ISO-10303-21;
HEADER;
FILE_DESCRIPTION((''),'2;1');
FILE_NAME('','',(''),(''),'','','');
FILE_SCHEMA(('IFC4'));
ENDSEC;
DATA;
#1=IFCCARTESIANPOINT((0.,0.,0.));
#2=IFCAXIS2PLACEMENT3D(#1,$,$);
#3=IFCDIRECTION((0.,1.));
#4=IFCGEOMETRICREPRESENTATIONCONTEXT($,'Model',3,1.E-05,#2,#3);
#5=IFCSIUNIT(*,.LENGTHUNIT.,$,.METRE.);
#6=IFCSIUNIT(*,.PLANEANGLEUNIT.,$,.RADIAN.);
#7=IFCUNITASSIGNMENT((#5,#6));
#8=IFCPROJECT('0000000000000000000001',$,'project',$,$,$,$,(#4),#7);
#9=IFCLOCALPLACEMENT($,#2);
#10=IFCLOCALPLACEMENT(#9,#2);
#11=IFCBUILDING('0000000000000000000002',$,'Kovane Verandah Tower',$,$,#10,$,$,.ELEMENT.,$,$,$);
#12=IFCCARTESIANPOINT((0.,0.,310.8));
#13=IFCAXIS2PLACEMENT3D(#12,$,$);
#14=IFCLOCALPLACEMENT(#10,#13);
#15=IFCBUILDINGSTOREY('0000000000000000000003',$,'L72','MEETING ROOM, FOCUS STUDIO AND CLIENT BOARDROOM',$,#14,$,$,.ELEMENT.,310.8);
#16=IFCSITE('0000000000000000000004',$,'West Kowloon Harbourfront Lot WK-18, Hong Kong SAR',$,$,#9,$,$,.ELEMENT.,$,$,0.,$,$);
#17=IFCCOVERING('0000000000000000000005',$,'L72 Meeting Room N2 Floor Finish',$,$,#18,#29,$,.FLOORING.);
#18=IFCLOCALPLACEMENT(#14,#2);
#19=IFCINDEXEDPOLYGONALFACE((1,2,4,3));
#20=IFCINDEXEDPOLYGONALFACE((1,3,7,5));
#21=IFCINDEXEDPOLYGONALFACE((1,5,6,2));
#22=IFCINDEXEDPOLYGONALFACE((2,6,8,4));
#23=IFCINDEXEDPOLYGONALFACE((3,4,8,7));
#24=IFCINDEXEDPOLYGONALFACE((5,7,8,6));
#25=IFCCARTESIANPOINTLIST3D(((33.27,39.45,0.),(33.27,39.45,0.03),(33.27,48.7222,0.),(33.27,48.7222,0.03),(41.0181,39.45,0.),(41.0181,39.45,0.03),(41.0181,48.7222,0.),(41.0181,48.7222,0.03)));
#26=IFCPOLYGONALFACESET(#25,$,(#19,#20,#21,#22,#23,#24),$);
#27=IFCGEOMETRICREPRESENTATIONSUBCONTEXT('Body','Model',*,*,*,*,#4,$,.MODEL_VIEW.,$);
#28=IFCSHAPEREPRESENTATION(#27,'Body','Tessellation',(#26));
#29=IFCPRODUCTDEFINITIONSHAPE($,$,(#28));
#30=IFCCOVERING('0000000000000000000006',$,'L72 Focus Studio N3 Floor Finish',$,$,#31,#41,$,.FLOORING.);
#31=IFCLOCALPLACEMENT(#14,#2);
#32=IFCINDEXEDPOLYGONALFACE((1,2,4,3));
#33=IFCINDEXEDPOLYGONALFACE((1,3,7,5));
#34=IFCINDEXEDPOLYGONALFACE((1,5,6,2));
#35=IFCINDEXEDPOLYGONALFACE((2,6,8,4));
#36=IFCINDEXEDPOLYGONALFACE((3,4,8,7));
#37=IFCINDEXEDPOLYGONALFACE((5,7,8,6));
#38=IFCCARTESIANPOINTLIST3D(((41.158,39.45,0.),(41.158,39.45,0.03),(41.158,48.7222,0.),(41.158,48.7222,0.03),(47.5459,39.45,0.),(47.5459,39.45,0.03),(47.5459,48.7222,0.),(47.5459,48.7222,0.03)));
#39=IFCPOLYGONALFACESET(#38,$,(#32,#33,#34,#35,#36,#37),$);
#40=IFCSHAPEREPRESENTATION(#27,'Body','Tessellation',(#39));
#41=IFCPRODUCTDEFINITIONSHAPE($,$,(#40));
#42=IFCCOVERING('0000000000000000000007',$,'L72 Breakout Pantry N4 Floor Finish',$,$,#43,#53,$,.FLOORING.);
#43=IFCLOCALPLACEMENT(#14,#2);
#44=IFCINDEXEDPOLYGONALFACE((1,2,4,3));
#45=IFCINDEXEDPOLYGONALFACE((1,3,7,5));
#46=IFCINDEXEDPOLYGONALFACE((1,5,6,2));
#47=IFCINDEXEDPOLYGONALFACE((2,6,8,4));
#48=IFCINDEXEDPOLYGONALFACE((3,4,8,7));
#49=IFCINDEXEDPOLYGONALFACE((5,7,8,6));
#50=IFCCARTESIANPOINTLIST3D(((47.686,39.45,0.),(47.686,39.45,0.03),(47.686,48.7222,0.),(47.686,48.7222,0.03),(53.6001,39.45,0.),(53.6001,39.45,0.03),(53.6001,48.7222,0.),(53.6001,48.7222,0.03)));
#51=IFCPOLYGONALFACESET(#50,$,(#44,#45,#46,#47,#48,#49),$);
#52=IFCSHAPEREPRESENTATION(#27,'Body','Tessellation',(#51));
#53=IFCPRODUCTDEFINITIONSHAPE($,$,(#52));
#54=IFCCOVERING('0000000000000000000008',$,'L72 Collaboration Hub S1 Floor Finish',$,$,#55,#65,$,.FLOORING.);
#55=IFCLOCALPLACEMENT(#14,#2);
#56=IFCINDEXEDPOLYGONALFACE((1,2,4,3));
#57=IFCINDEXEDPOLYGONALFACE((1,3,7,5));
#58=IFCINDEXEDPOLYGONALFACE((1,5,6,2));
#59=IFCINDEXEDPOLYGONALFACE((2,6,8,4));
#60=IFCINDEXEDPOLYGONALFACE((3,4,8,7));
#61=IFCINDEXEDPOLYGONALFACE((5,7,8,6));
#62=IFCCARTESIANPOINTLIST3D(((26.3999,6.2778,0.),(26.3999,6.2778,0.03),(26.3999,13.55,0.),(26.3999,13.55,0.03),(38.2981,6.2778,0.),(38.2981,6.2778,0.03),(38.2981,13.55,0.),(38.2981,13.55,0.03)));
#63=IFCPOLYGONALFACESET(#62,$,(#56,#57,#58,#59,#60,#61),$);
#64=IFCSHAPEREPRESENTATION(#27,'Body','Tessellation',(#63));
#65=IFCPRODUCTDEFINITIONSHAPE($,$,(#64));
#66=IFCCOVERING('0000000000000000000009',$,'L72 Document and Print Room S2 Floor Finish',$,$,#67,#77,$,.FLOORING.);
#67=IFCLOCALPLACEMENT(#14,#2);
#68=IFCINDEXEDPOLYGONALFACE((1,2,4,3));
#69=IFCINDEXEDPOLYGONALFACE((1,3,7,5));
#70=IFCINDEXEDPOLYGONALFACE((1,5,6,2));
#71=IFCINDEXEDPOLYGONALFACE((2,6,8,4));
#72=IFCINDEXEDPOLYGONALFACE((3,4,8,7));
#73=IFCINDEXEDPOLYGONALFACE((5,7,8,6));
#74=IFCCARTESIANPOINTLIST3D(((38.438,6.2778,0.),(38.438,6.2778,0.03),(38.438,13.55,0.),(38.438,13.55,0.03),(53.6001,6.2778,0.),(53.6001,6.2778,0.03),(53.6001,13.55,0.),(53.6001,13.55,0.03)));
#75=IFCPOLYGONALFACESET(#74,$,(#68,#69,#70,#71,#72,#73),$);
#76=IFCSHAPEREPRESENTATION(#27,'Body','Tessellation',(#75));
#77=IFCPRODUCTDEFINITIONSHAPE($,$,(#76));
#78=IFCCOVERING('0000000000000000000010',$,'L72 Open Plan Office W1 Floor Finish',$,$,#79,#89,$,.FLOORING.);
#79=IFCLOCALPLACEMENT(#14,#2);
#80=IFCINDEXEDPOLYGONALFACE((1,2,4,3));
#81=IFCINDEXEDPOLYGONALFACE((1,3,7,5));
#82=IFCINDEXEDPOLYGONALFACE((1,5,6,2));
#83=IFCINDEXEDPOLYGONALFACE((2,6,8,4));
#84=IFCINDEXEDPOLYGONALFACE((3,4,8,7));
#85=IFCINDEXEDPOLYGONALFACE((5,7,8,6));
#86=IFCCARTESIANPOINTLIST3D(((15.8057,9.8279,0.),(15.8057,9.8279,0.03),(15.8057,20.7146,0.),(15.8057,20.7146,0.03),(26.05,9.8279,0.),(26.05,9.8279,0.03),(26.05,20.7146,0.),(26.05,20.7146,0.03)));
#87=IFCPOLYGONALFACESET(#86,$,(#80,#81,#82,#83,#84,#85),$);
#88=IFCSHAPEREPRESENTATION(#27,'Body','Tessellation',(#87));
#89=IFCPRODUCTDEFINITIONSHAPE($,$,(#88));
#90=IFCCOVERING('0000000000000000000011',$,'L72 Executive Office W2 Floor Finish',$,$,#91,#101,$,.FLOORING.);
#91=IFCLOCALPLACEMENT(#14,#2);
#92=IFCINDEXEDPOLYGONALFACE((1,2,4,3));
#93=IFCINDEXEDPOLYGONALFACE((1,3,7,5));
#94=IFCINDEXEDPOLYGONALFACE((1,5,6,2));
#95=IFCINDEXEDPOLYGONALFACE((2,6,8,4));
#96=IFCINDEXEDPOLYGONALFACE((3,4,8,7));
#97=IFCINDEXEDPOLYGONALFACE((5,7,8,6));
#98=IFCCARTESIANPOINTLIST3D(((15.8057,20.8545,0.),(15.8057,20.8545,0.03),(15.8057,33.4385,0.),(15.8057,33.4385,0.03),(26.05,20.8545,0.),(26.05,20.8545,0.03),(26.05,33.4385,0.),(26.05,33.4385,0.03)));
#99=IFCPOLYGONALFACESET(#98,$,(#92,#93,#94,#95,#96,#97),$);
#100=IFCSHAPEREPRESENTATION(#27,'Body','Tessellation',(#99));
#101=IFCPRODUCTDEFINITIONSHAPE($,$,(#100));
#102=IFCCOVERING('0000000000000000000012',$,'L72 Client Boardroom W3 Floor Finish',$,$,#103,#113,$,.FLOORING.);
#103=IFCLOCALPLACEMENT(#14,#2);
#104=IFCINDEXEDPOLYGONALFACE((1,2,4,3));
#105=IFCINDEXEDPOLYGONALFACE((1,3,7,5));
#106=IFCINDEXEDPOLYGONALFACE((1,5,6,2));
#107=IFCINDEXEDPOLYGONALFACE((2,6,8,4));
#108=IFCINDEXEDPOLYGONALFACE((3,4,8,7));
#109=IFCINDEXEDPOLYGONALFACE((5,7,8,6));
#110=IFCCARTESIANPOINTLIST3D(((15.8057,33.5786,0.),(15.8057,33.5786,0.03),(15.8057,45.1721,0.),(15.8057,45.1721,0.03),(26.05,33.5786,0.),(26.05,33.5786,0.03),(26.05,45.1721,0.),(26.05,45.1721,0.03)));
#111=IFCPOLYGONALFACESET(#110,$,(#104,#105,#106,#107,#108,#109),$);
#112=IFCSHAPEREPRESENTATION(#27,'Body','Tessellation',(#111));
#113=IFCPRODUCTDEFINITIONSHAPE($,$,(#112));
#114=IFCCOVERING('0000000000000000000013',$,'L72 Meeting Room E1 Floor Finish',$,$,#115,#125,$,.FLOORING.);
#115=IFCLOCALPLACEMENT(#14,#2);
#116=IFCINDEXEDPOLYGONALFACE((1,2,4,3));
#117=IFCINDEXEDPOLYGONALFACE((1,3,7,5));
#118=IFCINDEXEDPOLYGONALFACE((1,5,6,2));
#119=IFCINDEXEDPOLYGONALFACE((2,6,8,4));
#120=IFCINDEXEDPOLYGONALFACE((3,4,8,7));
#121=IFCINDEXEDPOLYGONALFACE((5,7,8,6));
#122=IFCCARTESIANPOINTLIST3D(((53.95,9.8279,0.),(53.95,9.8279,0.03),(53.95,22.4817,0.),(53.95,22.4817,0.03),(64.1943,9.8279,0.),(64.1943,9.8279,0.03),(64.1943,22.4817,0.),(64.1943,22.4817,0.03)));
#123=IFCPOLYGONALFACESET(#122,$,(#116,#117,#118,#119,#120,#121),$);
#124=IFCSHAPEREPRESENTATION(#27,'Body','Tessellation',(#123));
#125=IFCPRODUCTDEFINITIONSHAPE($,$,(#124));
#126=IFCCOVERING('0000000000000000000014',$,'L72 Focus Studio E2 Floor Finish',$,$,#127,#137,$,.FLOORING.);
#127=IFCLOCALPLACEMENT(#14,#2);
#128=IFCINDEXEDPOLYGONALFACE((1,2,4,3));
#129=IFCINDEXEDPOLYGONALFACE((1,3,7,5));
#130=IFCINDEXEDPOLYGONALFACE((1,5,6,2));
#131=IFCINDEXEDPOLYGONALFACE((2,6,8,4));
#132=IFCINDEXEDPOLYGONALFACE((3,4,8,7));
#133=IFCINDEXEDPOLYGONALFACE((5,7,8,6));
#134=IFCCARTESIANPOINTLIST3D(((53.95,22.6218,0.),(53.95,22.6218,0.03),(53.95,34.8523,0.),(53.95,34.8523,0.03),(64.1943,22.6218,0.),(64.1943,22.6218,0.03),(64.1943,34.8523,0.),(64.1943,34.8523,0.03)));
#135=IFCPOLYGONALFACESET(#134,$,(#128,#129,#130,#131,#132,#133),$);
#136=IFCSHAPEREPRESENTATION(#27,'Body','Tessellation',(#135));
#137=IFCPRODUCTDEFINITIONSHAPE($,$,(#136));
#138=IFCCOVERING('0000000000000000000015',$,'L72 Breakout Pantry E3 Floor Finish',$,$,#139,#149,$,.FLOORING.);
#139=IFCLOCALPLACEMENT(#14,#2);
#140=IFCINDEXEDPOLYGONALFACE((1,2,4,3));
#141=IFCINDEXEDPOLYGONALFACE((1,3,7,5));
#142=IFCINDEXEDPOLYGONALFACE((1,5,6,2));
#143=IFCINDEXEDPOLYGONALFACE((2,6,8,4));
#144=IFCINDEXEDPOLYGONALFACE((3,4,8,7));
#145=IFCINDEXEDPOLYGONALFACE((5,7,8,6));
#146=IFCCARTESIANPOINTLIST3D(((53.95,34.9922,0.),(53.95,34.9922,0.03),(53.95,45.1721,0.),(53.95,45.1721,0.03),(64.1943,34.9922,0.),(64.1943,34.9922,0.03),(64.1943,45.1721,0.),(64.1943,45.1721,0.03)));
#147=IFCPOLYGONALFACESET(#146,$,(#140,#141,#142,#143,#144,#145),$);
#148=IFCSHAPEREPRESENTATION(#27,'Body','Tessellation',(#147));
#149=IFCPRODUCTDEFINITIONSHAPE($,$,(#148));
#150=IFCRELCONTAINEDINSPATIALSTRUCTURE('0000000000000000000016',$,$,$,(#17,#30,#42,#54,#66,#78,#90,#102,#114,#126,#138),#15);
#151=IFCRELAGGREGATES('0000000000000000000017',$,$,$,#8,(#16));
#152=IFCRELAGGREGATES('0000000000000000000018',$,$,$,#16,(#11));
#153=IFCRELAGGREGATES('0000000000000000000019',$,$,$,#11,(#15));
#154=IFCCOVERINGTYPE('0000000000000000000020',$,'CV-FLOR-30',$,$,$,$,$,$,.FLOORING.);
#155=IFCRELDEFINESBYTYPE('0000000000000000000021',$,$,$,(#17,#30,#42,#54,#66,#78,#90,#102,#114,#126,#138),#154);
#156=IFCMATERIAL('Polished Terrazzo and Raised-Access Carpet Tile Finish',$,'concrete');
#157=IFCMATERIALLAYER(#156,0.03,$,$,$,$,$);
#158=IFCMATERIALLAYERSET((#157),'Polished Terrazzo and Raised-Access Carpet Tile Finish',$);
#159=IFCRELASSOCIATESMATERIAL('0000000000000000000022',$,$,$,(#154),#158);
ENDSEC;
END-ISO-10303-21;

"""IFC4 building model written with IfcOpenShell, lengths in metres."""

from ifc_helpers import new_model, si_unit, direction, frame, origin, place, context, subcontext, project, spatial, polyline, outline, extrude, material, layer, layer_set, type_object, element, save


model = new_model("IFC4")

# Units and contexts
model_context = context("Model", 3, precision=1e-05, world=origin(), true_north=direction((0.0, 1.0)))
body_context = subcontext(model_context, "Body", "Model", "MODEL_VIEW")
ifc_project = project(units=[si_unit("LENGTHUNIT", "METRE"), si_unit("PLANEANGLEUNIT", "RADIAN")], contexts=[model_context])

# Site, building, storey
site_placement = place(None, origin())
site = spatial("IfcSite", under=ifc_project, at=site_placement, Name="West Kowloon Harbourfront Lot WK-18, Hong Kong SAR", CompositionType="ELEMENT", RefElevation=0.0)
building_placement = place(site_placement, origin())
building = spatial("IfcBuilding", under=site, at=building_placement, Name="Kovane Verandah Tower", CompositionType="ELEMENT")
storey_placement = place(building_placement, frame((0.0, 0.0, 310.8)))
storey = spatial("IfcBuildingStorey", under=building, at=storey_placement, Name="L72", Description="MEETING ROOM, FOCUS STUDIO AND CLIENT BOARDROOM", CompositionType="ELEMENT", Elevation=310.8)

# Coverings
ifc_material_1 = material(Name="Polished Terrazzo and Raised-Access Carpet Tile Finish", Category="concrete")
ifc_layer_1 = layer(ifc_material_1, 0.03)
ifc_layer_set_1 = layer_set([ifc_layer_1], Name="Polished Terrazzo and Raised-Access Carpet Tile Finish")
covering_type_1 = type_object("IfcCoveringType", Name="CV-FLOR-30", PredefinedType="FLOORING", material=ifc_layer_set_1)
covering_1_placement = place(storey_placement, origin())
element("IfcCovering", 1, at=covering_1_placement, inside=storey, type_object=covering_type_1, Name="L72 Meeting Room N2 Floor Finish", PredefinedType="FLOORING", context=body_context, shape_type="SweptSolid", body=[
    extrude(outline(polyline([(33.27, 39.45), (41.0181, 39.45), (41.0181, 48.7222), (33.27, 48.7222), (33.27, 39.45)])), origin(), (0.0, 0.0, 1.0), 0.03),
])
covering_2_placement = place(storey_placement, origin())
element("IfcCovering", 2, at=covering_2_placement, inside=storey, type_object=covering_type_1, Name="L72 Focus Studio N3 Floor Finish", PredefinedType="FLOORING", context=body_context, shape_type="SweptSolid", body=[
    extrude(outline(polyline([(41.158, 39.45), (47.5459, 39.45), (47.5459, 48.7222), (41.158, 48.7222), (41.158, 39.45)])), origin(), (0.0, 0.0, 1.0), 0.03),
])
covering_3_placement = place(storey_placement, origin())
element("IfcCovering", 3, at=covering_3_placement, inside=storey, type_object=covering_type_1, Name="L72 Breakout Pantry N4 Floor Finish", PredefinedType="FLOORING", context=body_context, shape_type="SweptSolid", body=[
    extrude(outline(polyline([(47.686, 39.45), (53.6001, 39.45), (53.6001, 48.7222), (47.686, 48.7222), (47.686, 39.45)])), origin(), (0.0, 0.0, 1.0), 0.03),
])
covering_4_placement = place(storey_placement, origin())
element("IfcCovering", 4, at=covering_4_placement, inside=storey, type_object=covering_type_1, Name="L72 Collaboration Hub S1 Floor Finish", PredefinedType="FLOORING", context=body_context, shape_type="SweptSolid", body=[
    extrude(outline(polyline([(26.3999, 6.2778), (38.2981, 6.2778), (38.2981, 13.55), (26.3999, 13.55), (26.3999, 6.2778)])), origin(), (0.0, 0.0, 1.0), 0.03),
])
covering_5_placement = place(storey_placement, origin())
element("IfcCovering", 5, at=covering_5_placement, inside=storey, type_object=covering_type_1, Name="L72 Document and Print Room S2 Floor Finish", PredefinedType="FLOORING", context=body_context, shape_type="SweptSolid", body=[
    extrude(outline(polyline([(38.438, 6.2778), (53.6001, 6.2778), (53.6001, 13.55), (38.438, 13.55), (38.438, 6.2778)])), origin(), (0.0, 0.0, 1.0), 0.03),
])
covering_6_placement = place(storey_placement, origin())
element("IfcCovering", 6, at=covering_6_placement, inside=storey, type_object=covering_type_1, Name="L72 Open Plan Office W1 Floor Finish", PredefinedType="FLOORING", context=body_context, shape_type="SweptSolid", body=[
    extrude(outline(polyline([(15.8057, 9.8279), (26.05, 9.8279), (26.05, 20.7146), (15.8057, 20.7146), (15.8057, 9.8279)])), origin(), (0.0, 0.0, 1.0), 0.03),
])
covering_7_placement = place(storey_placement, origin())
element("IfcCovering", 7, at=covering_7_placement, inside=storey, type_object=covering_type_1, Name="L72 Executive Office W2 Floor Finish", PredefinedType="FLOORING", context=body_context, shape_type="SweptSolid", body=[
    extrude(outline(polyline([(15.8057, 20.8545), (26.05, 20.8545), (26.05, 33.4385), (15.8057, 33.4385), (15.8057, 20.8545)])), origin(), (0.0, 0.0, 1.0), 0.03),
])
covering_8_placement = place(storey_placement, origin())
element("IfcCovering", 8, at=covering_8_placement, inside=storey, type_object=covering_type_1, Name="L72 Client Boardroom W3 Floor Finish", PredefinedType="FLOORING", context=body_context, shape_type="SweptSolid", body=[
    extrude(outline(polyline([(15.8057, 33.5786), (26.05, 33.5786), (26.05, 45.1721), (15.8057, 45.1721), (15.8057, 33.5786)])), origin(), (0.0, 0.0, 1.0), 0.03),
])
covering_9_placement = place(storey_placement, origin())
element("IfcCovering", 9, at=covering_9_placement, inside=storey, type_object=covering_type_1, Name="L72 Meeting Room E1 Floor Finish", PredefinedType="FLOORING", context=body_context, shape_type="SweptSolid", body=[
    extrude(outline(polyline([(53.95, 9.8279), (64.1943, 9.8279), (64.1943, 22.4817), (53.95, 22.4817), (53.95, 9.8279)])), origin(), (0.0, 0.0, 1.0), 0.03),
])
covering_10_placement = place(storey_placement, origin())
element("IfcCovering", 10, at=covering_10_placement, inside=storey, type_object=covering_type_1, Name="L72 Focus Studio E2 Floor Finish", PredefinedType="FLOORING", context=body_context, shape_type="SweptSolid", body=[
    extrude(outline(polyline([(53.95, 22.6218), (64.1943, 22.6218), (64.1943, 34.8523), (53.95, 34.8523), (53.95, 22.6218)])), origin(), (0.0, 0.0, 1.0), 0.03),
])
covering_11_placement = place(storey_placement, origin())
element("IfcCovering", 11, at=covering_11_placement, inside=storey, type_object=covering_type_1, Name="L72 Breakout Pantry E3 Floor Finish", PredefinedType="FLOORING", context=body_context, shape_type="SweptSolid", body=[
    extrude(outline(polyline([(53.95, 34.9922), (64.1943, 34.9922), (64.1943, 45.1721), (53.95, 45.1721), (53.95, 34.9922)])), origin(), (0.0, 0.0, 1.0), 0.03),
])

save(model, "model.ifc")
